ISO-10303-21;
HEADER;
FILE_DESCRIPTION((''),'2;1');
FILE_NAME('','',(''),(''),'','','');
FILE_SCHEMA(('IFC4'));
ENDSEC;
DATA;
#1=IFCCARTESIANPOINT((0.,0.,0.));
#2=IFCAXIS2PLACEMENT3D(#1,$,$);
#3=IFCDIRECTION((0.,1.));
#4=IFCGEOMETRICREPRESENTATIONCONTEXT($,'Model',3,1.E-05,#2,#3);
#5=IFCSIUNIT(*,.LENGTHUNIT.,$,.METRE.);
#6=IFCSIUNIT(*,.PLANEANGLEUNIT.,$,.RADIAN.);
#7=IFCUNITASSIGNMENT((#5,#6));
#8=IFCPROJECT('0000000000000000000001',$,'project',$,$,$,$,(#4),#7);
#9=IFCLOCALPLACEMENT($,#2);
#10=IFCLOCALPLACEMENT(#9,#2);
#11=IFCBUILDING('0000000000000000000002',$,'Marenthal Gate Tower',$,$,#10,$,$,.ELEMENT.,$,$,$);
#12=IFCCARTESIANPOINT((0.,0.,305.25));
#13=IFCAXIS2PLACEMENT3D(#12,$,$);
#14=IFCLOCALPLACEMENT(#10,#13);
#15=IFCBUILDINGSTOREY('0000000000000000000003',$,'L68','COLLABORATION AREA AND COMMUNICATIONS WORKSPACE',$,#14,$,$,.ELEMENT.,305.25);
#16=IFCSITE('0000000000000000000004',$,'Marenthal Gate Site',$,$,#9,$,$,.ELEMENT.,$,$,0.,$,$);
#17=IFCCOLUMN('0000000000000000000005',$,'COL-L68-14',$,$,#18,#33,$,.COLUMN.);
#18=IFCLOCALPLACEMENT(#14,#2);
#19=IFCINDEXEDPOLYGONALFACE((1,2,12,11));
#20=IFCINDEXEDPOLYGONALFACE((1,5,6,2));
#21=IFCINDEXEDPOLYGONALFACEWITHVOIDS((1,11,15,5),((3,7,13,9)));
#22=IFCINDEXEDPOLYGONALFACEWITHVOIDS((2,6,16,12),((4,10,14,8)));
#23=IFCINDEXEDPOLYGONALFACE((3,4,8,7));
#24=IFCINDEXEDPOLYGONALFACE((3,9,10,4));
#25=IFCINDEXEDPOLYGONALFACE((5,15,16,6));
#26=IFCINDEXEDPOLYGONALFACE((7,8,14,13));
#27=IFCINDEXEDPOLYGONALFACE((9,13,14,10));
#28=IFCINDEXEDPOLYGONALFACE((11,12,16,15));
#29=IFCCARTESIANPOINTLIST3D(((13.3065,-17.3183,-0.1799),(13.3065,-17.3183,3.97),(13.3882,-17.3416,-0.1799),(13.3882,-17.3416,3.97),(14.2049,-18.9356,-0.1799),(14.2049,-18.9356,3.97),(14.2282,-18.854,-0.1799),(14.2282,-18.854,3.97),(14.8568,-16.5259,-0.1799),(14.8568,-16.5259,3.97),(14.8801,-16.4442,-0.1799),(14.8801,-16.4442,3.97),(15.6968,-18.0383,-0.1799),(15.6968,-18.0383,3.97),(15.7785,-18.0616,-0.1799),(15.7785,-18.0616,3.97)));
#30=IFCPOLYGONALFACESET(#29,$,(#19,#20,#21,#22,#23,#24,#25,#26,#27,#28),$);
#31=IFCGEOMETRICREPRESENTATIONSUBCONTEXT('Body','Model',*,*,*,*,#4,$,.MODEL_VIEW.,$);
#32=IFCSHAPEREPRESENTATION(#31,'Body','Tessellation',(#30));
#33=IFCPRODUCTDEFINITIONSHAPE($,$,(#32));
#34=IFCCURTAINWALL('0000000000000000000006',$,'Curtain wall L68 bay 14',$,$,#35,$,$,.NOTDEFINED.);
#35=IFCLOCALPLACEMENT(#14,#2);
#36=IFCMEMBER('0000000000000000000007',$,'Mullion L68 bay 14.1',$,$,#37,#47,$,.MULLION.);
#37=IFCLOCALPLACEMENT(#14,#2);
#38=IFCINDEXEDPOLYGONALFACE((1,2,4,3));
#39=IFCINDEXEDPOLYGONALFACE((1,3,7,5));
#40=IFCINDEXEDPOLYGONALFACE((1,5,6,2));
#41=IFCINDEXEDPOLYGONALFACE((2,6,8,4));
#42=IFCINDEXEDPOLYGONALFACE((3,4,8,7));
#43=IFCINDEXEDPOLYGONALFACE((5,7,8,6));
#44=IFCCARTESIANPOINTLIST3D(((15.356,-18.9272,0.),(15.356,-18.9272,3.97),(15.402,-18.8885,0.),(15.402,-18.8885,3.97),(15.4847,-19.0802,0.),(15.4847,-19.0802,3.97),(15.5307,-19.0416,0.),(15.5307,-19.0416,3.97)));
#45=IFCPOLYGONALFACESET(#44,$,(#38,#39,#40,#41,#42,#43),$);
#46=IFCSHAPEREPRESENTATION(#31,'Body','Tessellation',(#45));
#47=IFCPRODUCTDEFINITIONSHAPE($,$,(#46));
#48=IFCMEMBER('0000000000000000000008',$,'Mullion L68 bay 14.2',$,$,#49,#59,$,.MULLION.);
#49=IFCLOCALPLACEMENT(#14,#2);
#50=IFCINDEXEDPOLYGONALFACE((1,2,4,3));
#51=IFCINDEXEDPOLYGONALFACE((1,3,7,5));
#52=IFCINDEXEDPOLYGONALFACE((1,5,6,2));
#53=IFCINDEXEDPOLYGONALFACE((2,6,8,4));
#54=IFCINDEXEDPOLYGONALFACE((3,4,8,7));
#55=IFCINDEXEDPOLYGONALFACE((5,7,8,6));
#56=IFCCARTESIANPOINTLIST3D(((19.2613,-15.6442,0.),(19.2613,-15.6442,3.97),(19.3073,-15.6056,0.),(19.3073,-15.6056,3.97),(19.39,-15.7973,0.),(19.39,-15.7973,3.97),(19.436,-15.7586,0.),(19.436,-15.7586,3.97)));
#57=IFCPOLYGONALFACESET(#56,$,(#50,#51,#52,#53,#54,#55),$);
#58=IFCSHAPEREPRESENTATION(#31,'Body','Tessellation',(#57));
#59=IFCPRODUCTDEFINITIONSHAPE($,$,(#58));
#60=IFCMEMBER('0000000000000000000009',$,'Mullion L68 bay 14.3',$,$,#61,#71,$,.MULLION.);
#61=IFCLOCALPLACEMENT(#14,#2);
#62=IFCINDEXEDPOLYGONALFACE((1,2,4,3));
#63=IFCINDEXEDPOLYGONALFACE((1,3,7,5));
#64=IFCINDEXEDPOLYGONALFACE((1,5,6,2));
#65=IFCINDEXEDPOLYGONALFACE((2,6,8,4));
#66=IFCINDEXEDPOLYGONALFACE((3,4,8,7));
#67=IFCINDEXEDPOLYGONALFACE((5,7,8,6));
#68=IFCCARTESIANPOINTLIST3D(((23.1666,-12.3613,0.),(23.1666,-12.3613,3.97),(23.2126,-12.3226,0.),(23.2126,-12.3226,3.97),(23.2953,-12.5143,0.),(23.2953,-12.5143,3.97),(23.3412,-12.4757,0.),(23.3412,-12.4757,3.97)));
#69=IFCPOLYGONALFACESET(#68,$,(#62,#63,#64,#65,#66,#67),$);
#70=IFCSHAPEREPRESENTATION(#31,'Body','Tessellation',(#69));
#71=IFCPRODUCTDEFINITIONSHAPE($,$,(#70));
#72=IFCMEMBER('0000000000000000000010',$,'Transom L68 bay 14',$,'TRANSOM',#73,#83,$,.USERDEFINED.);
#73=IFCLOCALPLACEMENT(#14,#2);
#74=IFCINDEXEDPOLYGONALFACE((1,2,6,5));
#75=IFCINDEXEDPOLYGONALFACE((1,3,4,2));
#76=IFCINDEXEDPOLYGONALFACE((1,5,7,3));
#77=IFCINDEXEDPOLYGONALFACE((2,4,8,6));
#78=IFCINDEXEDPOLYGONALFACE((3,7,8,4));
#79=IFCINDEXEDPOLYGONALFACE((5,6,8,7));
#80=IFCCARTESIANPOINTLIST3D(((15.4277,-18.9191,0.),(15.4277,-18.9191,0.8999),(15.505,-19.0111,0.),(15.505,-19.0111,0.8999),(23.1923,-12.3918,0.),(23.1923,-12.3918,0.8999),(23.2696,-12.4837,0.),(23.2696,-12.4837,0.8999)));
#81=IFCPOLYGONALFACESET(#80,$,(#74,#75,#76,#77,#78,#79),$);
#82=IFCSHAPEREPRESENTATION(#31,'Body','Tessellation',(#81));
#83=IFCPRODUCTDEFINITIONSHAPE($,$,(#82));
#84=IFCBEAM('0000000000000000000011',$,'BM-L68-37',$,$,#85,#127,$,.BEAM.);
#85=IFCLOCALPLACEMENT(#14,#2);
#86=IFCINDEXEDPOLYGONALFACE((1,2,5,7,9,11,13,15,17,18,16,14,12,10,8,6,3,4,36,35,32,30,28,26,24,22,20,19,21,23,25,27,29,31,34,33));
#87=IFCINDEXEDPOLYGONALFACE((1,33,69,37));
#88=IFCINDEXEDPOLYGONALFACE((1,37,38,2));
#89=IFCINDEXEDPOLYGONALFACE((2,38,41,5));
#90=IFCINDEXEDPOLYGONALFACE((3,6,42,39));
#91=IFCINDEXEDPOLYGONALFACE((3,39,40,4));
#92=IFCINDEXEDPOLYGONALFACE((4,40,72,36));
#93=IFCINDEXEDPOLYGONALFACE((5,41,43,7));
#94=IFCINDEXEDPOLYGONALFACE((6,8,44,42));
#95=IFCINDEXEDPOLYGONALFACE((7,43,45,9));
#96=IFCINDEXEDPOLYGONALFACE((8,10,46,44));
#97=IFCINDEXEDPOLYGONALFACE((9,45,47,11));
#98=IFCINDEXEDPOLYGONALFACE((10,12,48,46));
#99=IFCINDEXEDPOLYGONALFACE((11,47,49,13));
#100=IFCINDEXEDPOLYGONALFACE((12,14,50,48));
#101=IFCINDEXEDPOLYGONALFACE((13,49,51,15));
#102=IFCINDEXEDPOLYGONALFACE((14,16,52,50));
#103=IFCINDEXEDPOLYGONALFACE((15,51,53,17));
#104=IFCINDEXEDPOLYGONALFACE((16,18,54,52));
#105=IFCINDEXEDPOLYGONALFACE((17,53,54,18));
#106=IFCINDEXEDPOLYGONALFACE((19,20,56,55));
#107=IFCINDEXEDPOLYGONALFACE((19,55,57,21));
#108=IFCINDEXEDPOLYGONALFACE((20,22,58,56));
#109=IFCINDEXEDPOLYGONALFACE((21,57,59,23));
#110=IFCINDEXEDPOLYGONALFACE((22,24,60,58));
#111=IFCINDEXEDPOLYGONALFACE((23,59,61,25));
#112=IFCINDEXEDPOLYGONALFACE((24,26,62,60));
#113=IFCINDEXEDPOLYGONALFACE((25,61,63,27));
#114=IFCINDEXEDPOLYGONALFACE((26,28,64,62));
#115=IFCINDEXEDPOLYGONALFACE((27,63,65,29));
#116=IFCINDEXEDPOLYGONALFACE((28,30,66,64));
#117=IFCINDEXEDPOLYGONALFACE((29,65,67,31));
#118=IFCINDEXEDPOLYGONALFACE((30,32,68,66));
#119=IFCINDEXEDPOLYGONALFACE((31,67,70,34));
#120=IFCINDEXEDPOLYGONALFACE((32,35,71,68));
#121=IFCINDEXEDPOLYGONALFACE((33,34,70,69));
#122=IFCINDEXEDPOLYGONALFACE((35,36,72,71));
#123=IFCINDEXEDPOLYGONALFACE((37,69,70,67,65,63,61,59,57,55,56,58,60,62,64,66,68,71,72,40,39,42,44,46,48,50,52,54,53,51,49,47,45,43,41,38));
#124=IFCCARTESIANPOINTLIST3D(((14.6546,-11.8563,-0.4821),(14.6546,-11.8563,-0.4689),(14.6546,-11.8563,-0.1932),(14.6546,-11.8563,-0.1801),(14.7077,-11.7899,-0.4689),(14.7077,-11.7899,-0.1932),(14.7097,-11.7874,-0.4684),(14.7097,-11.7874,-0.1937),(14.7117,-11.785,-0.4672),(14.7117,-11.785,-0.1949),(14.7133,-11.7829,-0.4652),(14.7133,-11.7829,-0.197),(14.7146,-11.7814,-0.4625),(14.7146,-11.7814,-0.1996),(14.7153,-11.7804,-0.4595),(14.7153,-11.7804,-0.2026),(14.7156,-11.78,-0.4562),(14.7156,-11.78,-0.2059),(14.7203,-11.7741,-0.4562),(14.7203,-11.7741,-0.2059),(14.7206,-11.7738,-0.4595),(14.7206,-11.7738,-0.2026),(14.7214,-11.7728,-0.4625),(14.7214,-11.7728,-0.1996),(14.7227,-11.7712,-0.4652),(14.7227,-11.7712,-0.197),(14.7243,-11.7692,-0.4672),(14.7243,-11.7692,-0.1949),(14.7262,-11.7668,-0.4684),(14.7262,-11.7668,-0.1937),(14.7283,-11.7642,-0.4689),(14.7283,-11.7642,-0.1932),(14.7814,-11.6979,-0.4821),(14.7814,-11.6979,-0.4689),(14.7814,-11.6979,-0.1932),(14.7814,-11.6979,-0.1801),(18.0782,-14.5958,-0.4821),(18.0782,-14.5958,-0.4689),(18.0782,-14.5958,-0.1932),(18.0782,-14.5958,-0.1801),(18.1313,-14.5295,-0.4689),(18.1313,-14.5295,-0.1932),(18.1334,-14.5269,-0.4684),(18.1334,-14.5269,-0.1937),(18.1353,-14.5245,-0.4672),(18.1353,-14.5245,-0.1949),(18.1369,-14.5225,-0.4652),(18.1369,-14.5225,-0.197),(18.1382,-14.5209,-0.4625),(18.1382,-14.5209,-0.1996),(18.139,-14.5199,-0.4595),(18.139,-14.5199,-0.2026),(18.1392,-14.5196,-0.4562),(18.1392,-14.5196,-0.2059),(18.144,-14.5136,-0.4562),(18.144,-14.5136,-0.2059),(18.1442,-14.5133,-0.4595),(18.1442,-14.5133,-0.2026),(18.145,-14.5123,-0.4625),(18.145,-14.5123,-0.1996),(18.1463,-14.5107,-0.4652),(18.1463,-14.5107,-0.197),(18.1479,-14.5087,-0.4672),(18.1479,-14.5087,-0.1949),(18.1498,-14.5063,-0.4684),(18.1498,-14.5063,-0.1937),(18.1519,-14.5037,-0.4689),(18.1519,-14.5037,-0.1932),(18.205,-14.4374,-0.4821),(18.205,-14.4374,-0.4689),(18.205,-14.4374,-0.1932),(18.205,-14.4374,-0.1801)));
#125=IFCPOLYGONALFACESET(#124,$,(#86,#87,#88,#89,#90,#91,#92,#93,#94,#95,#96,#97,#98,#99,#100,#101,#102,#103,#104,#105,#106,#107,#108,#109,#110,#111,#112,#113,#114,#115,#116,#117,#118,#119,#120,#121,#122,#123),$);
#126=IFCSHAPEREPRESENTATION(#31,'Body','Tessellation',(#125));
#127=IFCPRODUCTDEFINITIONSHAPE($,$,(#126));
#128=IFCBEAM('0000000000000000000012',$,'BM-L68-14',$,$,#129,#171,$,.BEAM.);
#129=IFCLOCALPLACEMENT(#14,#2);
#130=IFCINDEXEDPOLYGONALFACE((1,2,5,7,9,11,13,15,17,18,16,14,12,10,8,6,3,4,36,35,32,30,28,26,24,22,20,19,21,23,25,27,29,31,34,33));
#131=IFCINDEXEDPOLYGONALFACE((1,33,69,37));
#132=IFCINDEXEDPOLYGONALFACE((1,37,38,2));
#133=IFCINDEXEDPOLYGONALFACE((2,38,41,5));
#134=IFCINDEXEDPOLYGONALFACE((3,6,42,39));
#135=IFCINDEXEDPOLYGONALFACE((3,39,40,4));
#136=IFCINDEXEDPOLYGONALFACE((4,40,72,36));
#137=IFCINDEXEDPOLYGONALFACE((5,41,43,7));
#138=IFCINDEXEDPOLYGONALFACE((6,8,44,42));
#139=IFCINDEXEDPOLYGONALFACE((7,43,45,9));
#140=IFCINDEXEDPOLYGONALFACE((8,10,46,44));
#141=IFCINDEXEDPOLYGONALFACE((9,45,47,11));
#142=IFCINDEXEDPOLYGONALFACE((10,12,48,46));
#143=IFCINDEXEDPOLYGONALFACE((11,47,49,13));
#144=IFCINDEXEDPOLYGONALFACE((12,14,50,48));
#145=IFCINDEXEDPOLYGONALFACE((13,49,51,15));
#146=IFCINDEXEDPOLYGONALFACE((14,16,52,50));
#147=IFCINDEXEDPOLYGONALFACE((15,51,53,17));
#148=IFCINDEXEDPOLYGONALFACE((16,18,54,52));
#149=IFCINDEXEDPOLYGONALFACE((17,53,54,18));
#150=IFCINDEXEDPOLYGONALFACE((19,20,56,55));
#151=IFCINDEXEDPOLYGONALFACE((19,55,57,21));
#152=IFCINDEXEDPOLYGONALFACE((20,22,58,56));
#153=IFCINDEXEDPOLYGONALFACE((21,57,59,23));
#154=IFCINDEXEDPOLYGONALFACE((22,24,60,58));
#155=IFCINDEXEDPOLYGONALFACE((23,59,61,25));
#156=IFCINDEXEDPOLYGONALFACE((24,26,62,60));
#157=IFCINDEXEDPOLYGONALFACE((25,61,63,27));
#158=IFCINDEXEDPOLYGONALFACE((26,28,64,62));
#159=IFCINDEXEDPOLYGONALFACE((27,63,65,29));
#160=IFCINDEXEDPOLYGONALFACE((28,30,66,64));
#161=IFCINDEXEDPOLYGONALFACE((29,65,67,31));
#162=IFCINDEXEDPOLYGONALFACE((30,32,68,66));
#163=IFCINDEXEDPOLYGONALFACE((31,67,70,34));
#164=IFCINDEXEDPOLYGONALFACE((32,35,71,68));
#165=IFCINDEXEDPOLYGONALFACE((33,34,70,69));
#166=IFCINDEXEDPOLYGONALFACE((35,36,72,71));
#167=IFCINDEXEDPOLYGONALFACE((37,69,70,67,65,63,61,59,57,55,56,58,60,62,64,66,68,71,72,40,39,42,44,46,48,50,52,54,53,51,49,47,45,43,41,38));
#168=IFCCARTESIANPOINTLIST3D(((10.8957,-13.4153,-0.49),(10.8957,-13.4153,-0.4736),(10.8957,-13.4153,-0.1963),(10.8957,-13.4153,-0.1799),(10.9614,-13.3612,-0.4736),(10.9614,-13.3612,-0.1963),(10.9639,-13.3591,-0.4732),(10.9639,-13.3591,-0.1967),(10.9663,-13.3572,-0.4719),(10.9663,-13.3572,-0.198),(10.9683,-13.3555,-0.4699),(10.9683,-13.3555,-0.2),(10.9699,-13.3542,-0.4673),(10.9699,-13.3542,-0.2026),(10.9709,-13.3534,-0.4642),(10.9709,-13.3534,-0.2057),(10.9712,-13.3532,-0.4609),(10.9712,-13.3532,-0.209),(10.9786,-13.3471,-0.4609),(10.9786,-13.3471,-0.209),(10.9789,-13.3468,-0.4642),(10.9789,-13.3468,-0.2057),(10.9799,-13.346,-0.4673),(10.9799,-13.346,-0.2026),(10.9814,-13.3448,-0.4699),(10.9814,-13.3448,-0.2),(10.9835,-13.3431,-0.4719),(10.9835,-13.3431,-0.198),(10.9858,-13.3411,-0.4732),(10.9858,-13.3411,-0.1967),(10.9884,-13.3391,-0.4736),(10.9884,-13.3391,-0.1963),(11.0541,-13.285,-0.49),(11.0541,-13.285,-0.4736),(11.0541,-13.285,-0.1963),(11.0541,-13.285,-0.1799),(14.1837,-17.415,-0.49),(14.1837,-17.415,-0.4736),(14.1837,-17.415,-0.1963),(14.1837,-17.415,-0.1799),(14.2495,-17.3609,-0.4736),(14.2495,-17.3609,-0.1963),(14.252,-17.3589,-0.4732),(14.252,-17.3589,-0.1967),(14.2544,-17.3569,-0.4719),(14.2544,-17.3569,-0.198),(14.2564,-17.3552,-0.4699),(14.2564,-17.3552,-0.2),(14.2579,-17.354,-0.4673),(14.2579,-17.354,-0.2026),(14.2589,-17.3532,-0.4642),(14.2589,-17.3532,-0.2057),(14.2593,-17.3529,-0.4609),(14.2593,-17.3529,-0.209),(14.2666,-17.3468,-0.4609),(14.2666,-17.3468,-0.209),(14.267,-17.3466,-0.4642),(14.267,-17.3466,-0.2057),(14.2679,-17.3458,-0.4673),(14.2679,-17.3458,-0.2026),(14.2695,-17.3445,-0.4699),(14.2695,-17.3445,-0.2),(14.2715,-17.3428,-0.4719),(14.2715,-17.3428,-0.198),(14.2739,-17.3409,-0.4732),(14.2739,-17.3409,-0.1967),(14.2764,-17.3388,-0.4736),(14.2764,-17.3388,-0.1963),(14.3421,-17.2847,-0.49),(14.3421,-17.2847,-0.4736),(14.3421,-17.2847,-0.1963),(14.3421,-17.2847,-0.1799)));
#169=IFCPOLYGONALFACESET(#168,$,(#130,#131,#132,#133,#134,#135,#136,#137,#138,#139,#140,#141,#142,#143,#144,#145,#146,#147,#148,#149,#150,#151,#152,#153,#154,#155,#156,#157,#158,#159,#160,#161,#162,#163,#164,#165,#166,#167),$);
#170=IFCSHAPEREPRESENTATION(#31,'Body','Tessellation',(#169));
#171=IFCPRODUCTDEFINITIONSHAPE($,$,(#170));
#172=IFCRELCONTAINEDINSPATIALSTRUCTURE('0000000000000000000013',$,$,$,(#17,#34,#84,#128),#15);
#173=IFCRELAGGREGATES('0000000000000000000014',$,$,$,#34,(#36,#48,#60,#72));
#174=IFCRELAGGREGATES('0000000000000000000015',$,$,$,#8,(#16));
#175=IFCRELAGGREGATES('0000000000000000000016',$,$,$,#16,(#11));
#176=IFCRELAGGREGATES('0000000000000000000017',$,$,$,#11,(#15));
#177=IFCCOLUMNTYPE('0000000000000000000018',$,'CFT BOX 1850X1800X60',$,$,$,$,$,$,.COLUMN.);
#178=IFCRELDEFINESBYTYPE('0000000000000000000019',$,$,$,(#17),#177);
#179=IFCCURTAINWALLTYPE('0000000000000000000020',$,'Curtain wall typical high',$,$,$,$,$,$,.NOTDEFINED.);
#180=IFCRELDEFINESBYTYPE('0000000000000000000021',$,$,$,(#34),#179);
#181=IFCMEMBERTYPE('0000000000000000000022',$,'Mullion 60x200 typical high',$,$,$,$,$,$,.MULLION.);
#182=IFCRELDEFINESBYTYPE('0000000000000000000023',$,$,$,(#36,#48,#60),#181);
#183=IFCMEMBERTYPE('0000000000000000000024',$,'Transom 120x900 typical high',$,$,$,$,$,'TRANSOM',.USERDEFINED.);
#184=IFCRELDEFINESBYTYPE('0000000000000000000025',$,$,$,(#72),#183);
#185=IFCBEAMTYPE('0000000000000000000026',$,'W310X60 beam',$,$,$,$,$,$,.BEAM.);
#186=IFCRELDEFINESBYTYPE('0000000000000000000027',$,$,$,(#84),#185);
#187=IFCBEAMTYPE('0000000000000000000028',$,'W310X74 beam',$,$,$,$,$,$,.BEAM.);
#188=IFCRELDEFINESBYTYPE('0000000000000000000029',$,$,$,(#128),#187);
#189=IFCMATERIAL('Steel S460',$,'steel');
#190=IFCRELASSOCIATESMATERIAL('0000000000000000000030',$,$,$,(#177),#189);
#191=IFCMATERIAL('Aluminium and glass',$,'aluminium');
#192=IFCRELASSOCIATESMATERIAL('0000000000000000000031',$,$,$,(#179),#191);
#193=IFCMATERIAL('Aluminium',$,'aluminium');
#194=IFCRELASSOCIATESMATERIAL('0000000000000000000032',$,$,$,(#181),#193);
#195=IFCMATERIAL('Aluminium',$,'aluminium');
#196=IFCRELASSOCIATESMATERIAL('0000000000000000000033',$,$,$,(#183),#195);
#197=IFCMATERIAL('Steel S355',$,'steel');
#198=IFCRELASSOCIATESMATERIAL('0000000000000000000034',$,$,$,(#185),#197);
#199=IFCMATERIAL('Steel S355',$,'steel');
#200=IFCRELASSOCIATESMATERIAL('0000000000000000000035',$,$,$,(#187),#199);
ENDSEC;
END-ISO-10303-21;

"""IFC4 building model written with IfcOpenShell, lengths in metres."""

from ifc_helpers import new_model, si_unit, direction, frame, origin, origin_2d, place, context, subcontext, project, spatial, rectangle, hollow_rectangle, i_section, extrude, material, material_profile, profile_set, type_object, element, aggregate, save


model = new_model("IFC4")

# Units and contexts
model_context = context("Model", 3, precision=1e-05, world=origin(), true_north=direction((0.0, 1.0)))
body_context = subcontext(model_context, "Body", "Model", "MODEL_VIEW")
ifc_project = project(units=[si_unit("LENGTHUNIT", "METRE"), si_unit("PLANEANGLEUNIT", "RADIAN")], contexts=[model_context])

# Site, building, storey
site_placement = place(None, origin())
site = spatial("IfcSite", under=ifc_project, at=site_placement, Name="Marenthal Gate Site", CompositionType="ELEMENT", RefElevation=0.0)
building_placement = place(site_placement, origin())
building = spatial("IfcBuilding", under=site, at=building_placement, Name="Marenthal Gate Tower", CompositionType="ELEMENT")
storey_placement = place(building_placement, frame((0.0, 0.0, 305.25)))
storey = spatial("IfcBuildingStorey", under=building, at=storey_placement, Name="L68", Description="COLLABORATION AREA AND COMMUNICATIONS WORKSPACE", CompositionType="ELEMENT", Elevation=305.25)

# Column
ifc_material_1 = material(Name="Steel S460", Category="steel")
ifc_material_profile_1 = material_profile(ifc_material_1, hollow_rectangle(XDim=1.8, YDim=1.8501, WallThickness=0.0601, at=origin_2d()), Name="CFT BOX 1850X1800X60")
ifc_material_2 = material(Name="Concrete 70 MPa", Category="concrete")
ifc_material_profile_2 = material_profile(ifc_material_2, rectangle(XDim=1.6799, YDim=1.73, at=origin_2d()), Name="CFT BOX 1850X1800X60 INFILL")
ifc_profile_set_1 = profile_set([ifc_material_profile_1, ifc_material_profile_2], Name="Steel S460 shell, Concrete 70 MPa infill")
column_type = type_object("IfcColumnType", Name="CFT BOX 1850X1800X60", PredefinedType="COLUMN", material=ifc_profile_set_1)
column_placement = place(storey_placement, frame((14.5425, -17.6899, -0.1799), z_axis=(0.0, 0.0, 1.0), x_axis=(-0.8742, -0.485567, 0.0)))
element("IfcColumn", 1, at=column_placement, inside=storey, type_object=column_type, Name="COL-L68-14", PredefinedType="COLUMN", context=body_context, shape_type="SweptSolid", body=[
    extrude(hollow_rectangle(XDim=1.8, YDim=1.8501, WallThickness=0.0601, at=origin_2d()), origin(), (0.0, 0.0, 1.0), 4.1499),
])

# Curtain wall, members
ifc_material_3 = material(Name="Aluminium and glass", Category="aluminium")
curtain_wall_type = type_object("IfcCurtainWallType", Name="Curtain wall typical high", PredefinedType="NOTDEFINED", material=ifc_material_3)
curtain_wall_placement = place(storey_placement, origin())
curtain_wall = element("IfcCurtainWall", 2, at=curtain_wall_placement, inside=storey, type_object=curtain_wall_type, Name="Curtain wall L68 bay 14", PredefinedType="NOTDEFINED")
ifc_material_4 = material(Name="Aluminium", Category="aluminium")
ifc_material_profile_3 = material_profile(ifc_material_4, rectangle(XDim=0.2, YDim=0.0601, at=origin_2d()), Name="60x200 aluminium mullion")
ifc_profile_set_2 = profile_set([ifc_material_profile_3], Name="Aluminium")
member_type_1 = type_object("IfcMemberType", Name="Mullion 60x200 typical high", PredefinedType="MULLION", material=ifc_profile_set_2)
member_1_placement = place(storey_placement, frame((15.4434, -18.9844, 0.0), z_axis=(0.0, 0.0, 1.0), x_axis=(-0.64348, 0.765463, 0.0)))
member_1 = element("IfcMember", 3, at=member_1_placement, type_object=member_type_1, Name="Mullion L68 bay 14.1", PredefinedType="MULLION", context=body_context, shape_type="SweptSolid", body=[
    extrude(rectangle(XDim=0.2, YDim=0.0601, at=origin_2d()), origin(), (0.0, 0.0, 1.0), 3.97),
])
member_2_placement = place(storey_placement, frame((19.3486, -15.7014, 0.0), z_axis=(0.0, 0.0, 1.0), x_axis=(-0.64348, 0.765463, 0.0)))
member_2 = element("IfcMember", 4, at=member_2_placement, type_object=member_type_1, Name="Mullion L68 bay 14.2", PredefinedType="MULLION", context=body_context, shape_type="SweptSolid", body=[
    extrude(rectangle(XDim=0.2, YDim=0.0601, at=origin_2d()), origin(), (0.0, 0.0, 1.0), 3.97),
])
member_3_placement = place(storey_placement, frame((23.2539, -12.4185, 0.0), z_axis=(0.0, 0.0, 1.0), x_axis=(-0.64348, 0.765463, 0.0)))
member_3 = element("IfcMember", 5, at=member_3_placement, type_object=member_type_1, Name="Mullion L68 bay 14.3", PredefinedType="MULLION", context=body_context, shape_type="SweptSolid", body=[
    extrude(rectangle(XDim=0.2, YDim=0.0601, at=origin_2d()), origin(), (0.0, 0.0, 1.0), 3.97),
])
ifc_material_5 = material(Name="Aluminium", Category="aluminium")
ifc_material_profile_4 = material_profile(ifc_material_5, rectangle(XDim=0.1201, YDim=0.8999, at=origin_2d()), Name="120x900 aluminium transom")
ifc_profile_set_3 = profile_set([ifc_material_profile_4], Name="Aluminium")
member_type_2 = type_object("IfcMemberType", Name="Transom 120x900 typical high", ElementType="TRANSOM", PredefinedType="USERDEFINED", material=ifc_profile_set_3)
member_4_placement = place(storey_placement, frame((15.4663, -18.9651, 0.45), z_axis=(0.76546, 0.643483, 0.0), x_axis=(-0.643483, 0.76546, 0.0)))
member_4 = element("IfcMember", 6, at=member_4_placement, type_object=member_type_2, Name="Transom L68 bay 14", ObjectType="TRANSOM", PredefinedType="USERDEFINED", context=body_context, shape_type="SweptSolid", body=[
    extrude(rectangle(XDim=0.1201, YDim=0.8999, at=origin_2d()), origin(), (0.0, 0.0, 1.0), 10.1438),
])

# Beams
ifc_material_6 = material(Name="Steel S355", Category="steel")
ifc_material_profile_5 = material_profile(ifc_material_6, i_section(OverallWidth=0.2029, OverallDepth=0.302, WebThickness=0.0076, FlangeThickness=0.0132, FilletRadius=0.0127, at=origin_2d()), Name="W310X60")
ifc_profile_set_4 = profile_set([ifc_material_profile_5], Name="Steel S355")
beam_type_1 = type_object("IfcBeamType", Name="W310X60 beam", PredefinedType="BEAM", material=ifc_profile_set_4)
beam_1_placement = place(storey_placement, frame((18.1416, -14.5166, -0.3311), z_axis=(-0.780798, 0.624783, 0.0), x_axis=(-0.624783, -0.780798, 0.0)))
element("IfcBeam", 7, at=beam_1_placement, inside=storey, type_object=beam_type_1, Name="BM-L68-37", PredefinedType="BEAM", context=body_context, shape_type="SweptSolid", body=[
    extrude(i_section(OverallWidth=0.2029, OverallDepth=0.302, WebThickness=0.0076, FlangeThickness=0.0132, FilletRadius=0.0127, at=origin_2d()), origin(), (0.0, 0.0, 1.0), 4.3848),
])
ifc_material_7 = material(Name="Steel S355", Category="steel")
ifc_material_profile_6 = material_profile(ifc_material_7, i_section(OverallWidth=0.2051, OverallDepth=0.3101, WebThickness=0.0095, FlangeThickness=0.0164, FilletRadius=0.0127, at=origin_2d()), Name="W310X74")
ifc_profile_set_5 = profile_set([ifc_material_profile_6], Name="Steel S355")
beam_type_2 = type_object("IfcBeamType", Name="W310X74 beam", PredefinedType="BEAM", material=ifc_profile_set_5)
beam_2_placement = place(storey_placement, frame((14.2629, -17.3499, -0.335), z_axis=(-0.635036, 0.772483, 0.0), x_axis=(-0.772483, -0.635036, 0.0)))
element("IfcBeam", 8, at=beam_2_placement, inside=storey, type_object=beam_type_2, Name="BM-L68-14", PredefinedType="BEAM", context=body_context, shape_type="SweptSolid", body=[
    extrude(i_section(OverallWidth=0.2051, OverallDepth=0.3101, WebThickness=0.0095, FlangeThickness=0.0164, FilletRadius=0.0127, at=origin_2d()), origin(), (0.0, 0.0, 1.0), 5.1777),
])

aggregate(curtain_wall, [member_1, member_2, member_3, member_4])

save(model, "model.ifc")
